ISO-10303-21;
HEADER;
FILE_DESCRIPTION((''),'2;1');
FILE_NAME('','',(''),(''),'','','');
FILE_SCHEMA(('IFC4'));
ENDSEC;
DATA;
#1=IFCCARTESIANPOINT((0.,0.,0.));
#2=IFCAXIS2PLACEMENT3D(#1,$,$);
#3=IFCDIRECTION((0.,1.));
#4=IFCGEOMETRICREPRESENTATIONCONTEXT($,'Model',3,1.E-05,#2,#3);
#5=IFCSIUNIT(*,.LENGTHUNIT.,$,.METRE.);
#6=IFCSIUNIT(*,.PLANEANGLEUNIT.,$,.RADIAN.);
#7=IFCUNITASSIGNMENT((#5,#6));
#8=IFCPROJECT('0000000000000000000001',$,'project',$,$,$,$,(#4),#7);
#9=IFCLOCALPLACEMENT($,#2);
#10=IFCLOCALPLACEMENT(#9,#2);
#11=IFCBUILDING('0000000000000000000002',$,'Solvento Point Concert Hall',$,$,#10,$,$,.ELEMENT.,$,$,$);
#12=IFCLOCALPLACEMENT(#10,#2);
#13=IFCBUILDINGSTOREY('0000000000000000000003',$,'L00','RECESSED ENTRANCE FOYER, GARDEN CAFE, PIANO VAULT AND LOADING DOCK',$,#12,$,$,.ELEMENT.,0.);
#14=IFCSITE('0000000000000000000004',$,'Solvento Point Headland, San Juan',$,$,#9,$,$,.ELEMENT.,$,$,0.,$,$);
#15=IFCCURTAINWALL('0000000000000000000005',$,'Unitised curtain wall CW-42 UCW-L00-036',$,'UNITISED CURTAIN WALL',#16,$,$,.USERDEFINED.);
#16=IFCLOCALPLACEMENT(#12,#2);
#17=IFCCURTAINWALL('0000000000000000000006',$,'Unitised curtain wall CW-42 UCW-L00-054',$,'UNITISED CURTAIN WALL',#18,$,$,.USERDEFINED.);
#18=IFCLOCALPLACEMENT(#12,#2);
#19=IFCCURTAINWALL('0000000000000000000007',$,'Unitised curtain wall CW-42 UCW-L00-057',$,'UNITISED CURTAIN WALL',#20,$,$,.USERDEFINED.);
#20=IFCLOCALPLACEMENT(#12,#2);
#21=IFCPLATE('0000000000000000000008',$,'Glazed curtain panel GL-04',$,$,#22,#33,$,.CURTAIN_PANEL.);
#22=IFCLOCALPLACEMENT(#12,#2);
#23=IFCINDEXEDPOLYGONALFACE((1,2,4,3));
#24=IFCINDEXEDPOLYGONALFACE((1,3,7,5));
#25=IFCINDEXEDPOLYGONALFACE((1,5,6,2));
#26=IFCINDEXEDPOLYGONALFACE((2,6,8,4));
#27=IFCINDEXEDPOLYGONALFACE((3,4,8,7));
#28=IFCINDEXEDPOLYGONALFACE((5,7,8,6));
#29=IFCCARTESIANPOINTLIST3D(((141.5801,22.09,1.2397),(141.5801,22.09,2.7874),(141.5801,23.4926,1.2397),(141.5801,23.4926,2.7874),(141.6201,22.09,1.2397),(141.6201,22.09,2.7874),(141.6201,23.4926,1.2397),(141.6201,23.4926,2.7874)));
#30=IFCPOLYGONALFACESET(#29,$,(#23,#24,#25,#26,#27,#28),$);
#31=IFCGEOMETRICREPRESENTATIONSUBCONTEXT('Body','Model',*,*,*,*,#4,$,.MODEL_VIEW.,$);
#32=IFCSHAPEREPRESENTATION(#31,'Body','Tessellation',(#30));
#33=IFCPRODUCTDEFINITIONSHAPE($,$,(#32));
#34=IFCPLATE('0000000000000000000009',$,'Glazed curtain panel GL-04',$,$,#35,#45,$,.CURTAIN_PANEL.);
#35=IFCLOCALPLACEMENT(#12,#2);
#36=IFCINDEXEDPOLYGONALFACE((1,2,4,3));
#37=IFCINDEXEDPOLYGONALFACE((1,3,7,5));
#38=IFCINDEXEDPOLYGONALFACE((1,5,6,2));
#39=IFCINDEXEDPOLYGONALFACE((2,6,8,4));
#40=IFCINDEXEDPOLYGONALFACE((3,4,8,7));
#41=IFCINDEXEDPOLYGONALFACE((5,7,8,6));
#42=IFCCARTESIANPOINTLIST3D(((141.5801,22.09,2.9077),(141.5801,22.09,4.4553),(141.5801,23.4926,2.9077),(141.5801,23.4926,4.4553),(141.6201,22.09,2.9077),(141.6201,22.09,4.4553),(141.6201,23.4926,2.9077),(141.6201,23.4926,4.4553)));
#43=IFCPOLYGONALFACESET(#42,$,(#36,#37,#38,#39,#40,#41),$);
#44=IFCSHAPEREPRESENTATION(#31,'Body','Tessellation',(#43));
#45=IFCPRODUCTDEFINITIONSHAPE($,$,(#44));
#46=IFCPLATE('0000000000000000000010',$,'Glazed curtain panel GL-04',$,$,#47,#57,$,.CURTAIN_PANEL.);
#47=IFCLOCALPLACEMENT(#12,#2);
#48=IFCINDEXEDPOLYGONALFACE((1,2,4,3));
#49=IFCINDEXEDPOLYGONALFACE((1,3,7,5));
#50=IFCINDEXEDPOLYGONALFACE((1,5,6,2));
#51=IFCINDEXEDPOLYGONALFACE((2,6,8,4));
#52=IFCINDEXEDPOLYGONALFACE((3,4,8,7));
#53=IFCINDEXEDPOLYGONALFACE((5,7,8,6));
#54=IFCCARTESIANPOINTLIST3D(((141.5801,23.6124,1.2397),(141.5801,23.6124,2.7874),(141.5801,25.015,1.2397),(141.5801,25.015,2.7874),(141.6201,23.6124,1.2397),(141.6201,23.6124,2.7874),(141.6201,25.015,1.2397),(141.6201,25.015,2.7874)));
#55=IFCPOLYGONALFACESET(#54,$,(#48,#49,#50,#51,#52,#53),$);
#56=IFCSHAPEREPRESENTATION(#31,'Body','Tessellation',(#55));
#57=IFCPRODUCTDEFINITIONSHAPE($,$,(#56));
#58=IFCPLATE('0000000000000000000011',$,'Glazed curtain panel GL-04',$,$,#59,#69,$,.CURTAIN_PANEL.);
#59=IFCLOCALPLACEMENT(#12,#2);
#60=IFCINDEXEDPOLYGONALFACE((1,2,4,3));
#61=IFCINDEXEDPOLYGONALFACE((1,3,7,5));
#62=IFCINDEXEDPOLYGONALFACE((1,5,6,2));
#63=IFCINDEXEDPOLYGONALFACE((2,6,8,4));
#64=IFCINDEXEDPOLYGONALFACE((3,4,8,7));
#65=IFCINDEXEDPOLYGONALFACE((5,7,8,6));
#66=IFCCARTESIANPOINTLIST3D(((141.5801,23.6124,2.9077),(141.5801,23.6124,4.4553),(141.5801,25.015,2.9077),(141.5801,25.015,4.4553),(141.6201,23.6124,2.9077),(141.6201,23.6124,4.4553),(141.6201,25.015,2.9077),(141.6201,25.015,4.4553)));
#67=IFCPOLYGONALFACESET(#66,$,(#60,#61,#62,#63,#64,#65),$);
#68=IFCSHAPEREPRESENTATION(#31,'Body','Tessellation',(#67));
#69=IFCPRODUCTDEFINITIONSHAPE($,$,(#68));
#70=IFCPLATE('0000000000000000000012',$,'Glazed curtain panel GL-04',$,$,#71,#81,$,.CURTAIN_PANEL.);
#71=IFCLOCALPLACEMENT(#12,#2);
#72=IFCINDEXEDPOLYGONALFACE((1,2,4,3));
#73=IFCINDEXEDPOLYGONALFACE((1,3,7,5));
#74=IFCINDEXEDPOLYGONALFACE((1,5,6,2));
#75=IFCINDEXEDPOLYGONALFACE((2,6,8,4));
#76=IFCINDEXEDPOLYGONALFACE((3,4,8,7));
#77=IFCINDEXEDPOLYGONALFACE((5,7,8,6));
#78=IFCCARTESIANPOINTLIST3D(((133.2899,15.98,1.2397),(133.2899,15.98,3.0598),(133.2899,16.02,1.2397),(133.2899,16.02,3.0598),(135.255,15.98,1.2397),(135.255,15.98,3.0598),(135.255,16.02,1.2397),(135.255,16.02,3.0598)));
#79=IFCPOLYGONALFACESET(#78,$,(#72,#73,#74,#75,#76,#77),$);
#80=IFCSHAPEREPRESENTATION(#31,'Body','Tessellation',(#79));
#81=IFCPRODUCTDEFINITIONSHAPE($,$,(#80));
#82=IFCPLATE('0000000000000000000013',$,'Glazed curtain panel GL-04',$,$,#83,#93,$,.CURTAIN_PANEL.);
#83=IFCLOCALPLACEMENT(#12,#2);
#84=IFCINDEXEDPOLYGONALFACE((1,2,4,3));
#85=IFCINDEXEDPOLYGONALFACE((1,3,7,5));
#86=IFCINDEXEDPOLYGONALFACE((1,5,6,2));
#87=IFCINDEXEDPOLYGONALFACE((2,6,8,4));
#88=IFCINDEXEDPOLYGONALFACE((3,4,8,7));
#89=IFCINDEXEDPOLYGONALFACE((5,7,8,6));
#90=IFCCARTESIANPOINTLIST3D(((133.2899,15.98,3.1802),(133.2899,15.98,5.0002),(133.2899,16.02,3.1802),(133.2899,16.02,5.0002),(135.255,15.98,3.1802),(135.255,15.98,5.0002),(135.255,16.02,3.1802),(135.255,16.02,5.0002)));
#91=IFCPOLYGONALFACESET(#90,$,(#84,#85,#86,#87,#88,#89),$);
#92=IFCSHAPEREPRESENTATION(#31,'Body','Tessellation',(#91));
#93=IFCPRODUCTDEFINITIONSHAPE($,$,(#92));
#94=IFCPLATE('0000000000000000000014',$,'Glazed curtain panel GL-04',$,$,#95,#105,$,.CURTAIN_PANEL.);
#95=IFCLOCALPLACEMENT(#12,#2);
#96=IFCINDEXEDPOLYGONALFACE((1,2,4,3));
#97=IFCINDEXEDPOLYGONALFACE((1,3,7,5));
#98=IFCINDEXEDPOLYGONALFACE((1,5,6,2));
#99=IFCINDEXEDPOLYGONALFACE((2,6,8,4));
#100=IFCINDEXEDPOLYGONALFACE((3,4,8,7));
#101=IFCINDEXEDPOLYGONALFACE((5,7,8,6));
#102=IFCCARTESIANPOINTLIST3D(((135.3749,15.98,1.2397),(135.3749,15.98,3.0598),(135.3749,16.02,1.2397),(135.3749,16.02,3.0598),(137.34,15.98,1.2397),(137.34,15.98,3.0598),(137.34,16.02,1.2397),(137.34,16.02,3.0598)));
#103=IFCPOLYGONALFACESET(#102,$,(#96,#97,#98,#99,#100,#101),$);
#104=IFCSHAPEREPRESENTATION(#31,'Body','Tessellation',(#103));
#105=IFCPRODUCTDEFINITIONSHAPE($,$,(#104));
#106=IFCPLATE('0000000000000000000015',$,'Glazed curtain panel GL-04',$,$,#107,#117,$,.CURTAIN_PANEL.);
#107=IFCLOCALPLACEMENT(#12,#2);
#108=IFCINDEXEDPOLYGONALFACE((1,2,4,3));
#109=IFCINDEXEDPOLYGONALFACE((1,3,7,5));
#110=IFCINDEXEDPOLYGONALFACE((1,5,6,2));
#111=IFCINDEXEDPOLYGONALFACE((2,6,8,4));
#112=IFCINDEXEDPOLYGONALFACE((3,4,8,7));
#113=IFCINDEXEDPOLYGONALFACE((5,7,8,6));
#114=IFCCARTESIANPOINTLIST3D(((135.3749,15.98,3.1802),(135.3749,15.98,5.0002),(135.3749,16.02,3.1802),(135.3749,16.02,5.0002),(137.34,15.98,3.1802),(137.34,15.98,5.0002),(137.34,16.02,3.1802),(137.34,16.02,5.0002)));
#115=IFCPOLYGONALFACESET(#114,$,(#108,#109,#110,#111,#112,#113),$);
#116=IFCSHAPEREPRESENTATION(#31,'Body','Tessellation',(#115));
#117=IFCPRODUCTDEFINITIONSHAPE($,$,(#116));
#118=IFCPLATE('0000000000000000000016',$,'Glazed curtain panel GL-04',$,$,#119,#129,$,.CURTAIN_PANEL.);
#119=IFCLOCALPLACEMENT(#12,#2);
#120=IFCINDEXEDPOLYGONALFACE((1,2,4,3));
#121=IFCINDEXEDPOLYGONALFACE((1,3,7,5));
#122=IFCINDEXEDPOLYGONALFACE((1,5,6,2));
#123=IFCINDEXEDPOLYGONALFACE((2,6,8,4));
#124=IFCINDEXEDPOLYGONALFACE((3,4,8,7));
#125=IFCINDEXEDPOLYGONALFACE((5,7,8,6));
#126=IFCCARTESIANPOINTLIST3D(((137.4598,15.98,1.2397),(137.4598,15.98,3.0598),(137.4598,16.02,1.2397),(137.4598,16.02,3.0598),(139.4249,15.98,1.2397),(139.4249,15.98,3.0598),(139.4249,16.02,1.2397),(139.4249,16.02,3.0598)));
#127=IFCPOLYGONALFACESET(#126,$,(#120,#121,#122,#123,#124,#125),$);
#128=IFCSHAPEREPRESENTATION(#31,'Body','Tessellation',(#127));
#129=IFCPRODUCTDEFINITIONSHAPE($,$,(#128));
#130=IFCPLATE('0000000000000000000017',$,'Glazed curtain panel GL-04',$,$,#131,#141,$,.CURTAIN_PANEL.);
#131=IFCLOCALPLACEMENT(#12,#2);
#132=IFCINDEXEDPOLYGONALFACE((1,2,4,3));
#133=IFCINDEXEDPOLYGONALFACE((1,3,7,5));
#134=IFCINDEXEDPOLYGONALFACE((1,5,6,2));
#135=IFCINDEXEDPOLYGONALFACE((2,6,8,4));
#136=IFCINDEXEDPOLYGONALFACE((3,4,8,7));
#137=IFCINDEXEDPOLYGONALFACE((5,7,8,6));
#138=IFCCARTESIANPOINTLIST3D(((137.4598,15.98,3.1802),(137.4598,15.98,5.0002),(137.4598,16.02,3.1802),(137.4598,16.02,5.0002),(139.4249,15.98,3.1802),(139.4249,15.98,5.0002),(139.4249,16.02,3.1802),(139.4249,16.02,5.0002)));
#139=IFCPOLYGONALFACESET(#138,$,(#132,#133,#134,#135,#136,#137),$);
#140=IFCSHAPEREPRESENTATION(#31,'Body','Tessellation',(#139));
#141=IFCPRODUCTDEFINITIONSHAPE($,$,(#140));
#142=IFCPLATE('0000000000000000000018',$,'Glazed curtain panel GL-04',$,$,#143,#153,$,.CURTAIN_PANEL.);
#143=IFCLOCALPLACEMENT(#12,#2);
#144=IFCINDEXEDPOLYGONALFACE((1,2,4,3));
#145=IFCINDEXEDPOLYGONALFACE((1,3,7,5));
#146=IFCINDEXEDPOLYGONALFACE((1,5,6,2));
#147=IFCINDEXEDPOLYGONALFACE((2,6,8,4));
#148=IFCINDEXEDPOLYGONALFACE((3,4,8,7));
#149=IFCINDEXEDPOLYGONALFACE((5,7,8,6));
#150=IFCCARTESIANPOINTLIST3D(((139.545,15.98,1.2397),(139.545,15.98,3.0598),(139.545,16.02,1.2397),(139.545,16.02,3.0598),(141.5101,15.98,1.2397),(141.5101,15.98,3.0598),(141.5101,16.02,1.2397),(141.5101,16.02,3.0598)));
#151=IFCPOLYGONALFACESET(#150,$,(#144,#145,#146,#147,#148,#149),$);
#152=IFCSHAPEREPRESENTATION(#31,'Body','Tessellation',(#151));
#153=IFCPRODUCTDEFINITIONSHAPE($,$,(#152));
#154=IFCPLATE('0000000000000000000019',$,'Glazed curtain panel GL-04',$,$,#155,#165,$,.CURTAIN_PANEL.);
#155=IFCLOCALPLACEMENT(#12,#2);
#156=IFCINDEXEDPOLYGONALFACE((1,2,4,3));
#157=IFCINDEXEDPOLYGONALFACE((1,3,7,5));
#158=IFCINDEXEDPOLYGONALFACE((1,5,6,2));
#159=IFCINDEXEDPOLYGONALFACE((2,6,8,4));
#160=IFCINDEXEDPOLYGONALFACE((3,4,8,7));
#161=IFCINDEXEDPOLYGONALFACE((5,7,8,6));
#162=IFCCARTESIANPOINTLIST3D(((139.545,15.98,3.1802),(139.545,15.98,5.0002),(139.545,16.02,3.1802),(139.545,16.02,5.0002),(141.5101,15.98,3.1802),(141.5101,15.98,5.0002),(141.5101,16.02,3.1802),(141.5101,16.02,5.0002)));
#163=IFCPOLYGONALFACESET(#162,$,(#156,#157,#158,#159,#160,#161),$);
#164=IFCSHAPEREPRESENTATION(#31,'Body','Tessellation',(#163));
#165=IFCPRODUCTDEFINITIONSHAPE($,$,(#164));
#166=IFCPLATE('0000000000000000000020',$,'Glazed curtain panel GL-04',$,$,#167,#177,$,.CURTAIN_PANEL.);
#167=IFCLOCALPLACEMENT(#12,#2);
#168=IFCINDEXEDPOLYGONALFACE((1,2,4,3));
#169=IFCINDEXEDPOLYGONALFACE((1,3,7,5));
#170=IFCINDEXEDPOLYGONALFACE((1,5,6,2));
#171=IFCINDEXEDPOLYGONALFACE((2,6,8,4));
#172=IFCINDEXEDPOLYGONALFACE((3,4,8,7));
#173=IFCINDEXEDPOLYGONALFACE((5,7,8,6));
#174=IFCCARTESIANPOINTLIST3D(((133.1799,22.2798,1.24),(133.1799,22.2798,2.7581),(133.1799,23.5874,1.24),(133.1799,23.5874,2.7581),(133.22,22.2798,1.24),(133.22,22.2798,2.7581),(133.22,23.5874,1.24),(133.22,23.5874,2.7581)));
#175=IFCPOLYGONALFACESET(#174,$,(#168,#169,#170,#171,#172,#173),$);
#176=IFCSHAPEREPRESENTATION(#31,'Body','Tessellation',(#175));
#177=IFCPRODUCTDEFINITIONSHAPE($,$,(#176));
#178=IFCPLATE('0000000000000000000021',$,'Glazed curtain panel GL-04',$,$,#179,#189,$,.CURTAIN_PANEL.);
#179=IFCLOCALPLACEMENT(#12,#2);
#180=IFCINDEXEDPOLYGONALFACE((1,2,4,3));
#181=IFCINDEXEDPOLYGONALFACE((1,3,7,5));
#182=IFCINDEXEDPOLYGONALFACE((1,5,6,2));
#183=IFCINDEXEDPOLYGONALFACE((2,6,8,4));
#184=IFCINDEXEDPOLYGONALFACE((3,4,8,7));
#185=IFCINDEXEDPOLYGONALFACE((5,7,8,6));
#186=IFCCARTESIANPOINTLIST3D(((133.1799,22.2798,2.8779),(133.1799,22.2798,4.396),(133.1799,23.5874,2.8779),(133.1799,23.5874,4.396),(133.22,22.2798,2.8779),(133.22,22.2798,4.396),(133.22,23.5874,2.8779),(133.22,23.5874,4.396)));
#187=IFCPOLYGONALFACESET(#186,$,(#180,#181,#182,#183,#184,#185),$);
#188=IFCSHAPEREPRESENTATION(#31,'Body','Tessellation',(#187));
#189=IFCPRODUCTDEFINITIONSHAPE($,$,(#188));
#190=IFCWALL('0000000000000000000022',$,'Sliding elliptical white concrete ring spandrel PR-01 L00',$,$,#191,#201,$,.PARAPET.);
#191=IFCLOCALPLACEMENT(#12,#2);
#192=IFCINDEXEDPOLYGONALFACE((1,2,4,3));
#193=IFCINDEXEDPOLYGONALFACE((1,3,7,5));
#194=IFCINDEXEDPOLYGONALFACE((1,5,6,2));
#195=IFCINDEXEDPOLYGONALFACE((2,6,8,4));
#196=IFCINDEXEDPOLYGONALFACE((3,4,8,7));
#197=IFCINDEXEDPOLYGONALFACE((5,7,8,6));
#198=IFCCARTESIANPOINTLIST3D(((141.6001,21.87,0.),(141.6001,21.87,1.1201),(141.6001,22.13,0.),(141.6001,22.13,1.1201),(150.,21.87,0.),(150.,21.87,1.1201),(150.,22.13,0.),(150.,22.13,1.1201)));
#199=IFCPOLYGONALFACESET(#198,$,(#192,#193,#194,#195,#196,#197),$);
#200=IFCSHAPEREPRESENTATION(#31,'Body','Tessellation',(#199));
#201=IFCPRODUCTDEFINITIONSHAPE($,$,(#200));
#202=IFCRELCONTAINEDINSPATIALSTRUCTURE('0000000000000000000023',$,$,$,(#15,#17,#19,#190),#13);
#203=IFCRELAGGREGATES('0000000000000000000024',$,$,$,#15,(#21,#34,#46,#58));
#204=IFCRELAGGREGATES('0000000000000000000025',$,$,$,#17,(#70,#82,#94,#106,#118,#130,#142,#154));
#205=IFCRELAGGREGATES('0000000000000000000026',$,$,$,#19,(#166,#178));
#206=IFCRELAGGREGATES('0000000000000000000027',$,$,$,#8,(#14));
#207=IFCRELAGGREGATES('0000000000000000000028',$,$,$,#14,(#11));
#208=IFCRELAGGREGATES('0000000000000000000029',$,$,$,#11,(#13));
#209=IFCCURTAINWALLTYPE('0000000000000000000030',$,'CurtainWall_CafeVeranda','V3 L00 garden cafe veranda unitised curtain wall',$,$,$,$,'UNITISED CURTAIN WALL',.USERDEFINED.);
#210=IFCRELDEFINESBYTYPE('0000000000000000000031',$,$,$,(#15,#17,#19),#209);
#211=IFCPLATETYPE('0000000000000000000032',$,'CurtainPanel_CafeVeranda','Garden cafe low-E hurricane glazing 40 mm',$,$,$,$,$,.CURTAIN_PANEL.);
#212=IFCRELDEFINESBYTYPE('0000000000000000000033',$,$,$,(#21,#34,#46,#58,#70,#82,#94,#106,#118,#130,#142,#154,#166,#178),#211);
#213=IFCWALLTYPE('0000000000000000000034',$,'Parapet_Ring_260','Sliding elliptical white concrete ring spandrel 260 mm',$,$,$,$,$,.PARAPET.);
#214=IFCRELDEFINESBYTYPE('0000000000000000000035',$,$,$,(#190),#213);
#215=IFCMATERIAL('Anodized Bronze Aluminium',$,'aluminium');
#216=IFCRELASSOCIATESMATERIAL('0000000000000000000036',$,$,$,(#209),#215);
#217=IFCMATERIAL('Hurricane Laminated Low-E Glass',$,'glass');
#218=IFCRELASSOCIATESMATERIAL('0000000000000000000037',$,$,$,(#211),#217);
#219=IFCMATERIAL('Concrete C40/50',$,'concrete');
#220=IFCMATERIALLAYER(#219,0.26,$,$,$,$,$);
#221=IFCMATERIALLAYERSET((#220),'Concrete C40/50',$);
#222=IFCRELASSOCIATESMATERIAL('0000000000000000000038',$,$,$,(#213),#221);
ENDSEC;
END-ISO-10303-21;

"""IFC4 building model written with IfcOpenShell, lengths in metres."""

from ifc_helpers import new_model, si_unit, direction, frame, frame_2d, origin, origin_2d, place, context, subcontext, project, spatial, rectangle, extrude, material, layer, layer_set, type_object, element, aggregate, save


model = new_model("IFC4")

# Units and contexts
model_context = context("Model", 3, precision=1e-05, world=origin(), true_north=direction((0.0, 1.0)))
body_context = subcontext(model_context, "Body", "Model", "MODEL_VIEW")
ifc_project = project(units=[si_unit("LENGTHUNIT", "METRE"), si_unit("PLANEANGLEUNIT", "RADIAN")], contexts=[model_context])

# Site, building, storey
site_placement = place(None, origin())
site = spatial("IfcSite", under=ifc_project, at=site_placement, Name="Solvento Point Headland, San Juan", CompositionType="ELEMENT", RefElevation=0.0)
building_placement = place(site_placement, origin())
building = spatial("IfcBuilding", under=site, at=building_placement, Name="Solvento Point Concert Hall", CompositionType="ELEMENT")
storey_placement = place(building_placement, origin())
storey = spatial("IfcBuildingStorey", under=building, at=storey_placement, Name="L00", Description="RECESSED ENTRANCE FOYER, GARDEN CAFE, PIANO VAULT AND LOADING DOCK", CompositionType="ELEMENT", Elevation=0.0)

# Curtain walls
ifc_material_1 = material(Name="Anodized Bronze Aluminium", Category="aluminium")
curtain_wall_type = type_object("IfcCurtainWallType", Name="CurtainWall_CafeVeranda", Description="V3 L00 garden cafe veranda unitised curtain wall", ElementType="UNITISED CURTAIN WALL", PredefinedType="USERDEFINED", material=ifc_material_1)
curtain_wall_1_placement = place(storey_placement, origin())
curtain_wall_1 = element("IfcCurtainWall", 1, at=curtain_wall_1_placement, inside=storey, type_object=curtain_wall_type, Name="Unitised curtain wall CW-42 UCW-L00-036", ObjectType="UNITISED CURTAIN WALL", PredefinedType="USERDEFINED")
curtain_wall_2_placement = place(storey_placement, origin())
curtain_wall_2 = element("IfcCurtainWall", 2, at=curtain_wall_2_placement, inside=storey, type_object=curtain_wall_type, Name="Unitised curtain wall CW-42 UCW-L00-054", ObjectType="UNITISED CURTAIN WALL", PredefinedType="USERDEFINED")

# Curtain wall
curtain_wall_3_placement = place(storey_placement, origin())
curtain_wall_3 = element("IfcCurtainWall", 3, at=curtain_wall_3_placement, inside=storey, type_object=curtain_wall_type, Name="Unitised curtain wall CW-42 UCW-L00-057", ObjectType="UNITISED CURTAIN WALL", PredefinedType="USERDEFINED")

# Plates
ifc_material_2 = material(Name="Hurricane Laminated Low-E Glass", Category="glass")
plate_type = type_object("IfcPlateType", Name="CurtainPanel_CafeVeranda", Description="Garden cafe low-E hurricane glazing 40 mm", PredefinedType="CURTAIN_PANEL", material=ifc_material_2)
plate_1_placement = place(storey_placement, frame((141.6001, 22.7913, 1.2397), z_axis=(0.0, 0.0, 1.0), x_axis=(0.0, 1.0, 0.0)))
plate_1 = element("IfcPlate", 4, at=plate_1_placement, type_object=plate_type, Name="Glazed curtain panel GL-04", PredefinedType="CURTAIN_PANEL", context=body_context, shape_type="SweptSolid", body=[
    extrude(rectangle(XDim=1.4026, YDim=0.04, at=origin_2d()), origin(), (0.0, 0.0, 1.0), 1.5476),
])
plate_2_placement = place(storey_placement, frame((141.6001, 22.7913, 2.9077), z_axis=(0.0, 0.0, 1.0), x_axis=(0.0, 1.0, 0.0)))
plate_2 = element("IfcPlate", 5, at=plate_2_placement, type_object=plate_type, Name="Glazed curtain panel GL-04", PredefinedType="CURTAIN_PANEL", context=body_context, shape_type="SweptSolid", body=[
    extrude(rectangle(XDim=1.4026, YDim=0.04, at=origin_2d()), origin(), (0.0, 0.0, 1.0), 1.5476),
])
plate_3_placement = place(storey_placement, frame((141.6001, 24.3137, 1.2397), z_axis=(0.0, 0.0, 1.0), x_axis=(0.0, 1.0, 0.0)))
plate_3 = element("IfcPlate", 6, at=plate_3_placement, type_object=plate_type, Name="Glazed curtain panel GL-04", PredefinedType="CURTAIN_PANEL", context=body_context, shape_type="SweptSolid", body=[
    extrude(rectangle(XDim=1.4026, YDim=0.04, at=origin_2d()), origin(), (0.0, 0.0, 1.0), 1.5476),
])
plate_4_placement = place(storey_placement, frame((141.6001, 24.3137, 2.9077), z_axis=(0.0, 0.0, 1.0), x_axis=(0.0, 1.0, 0.0)))
plate_4 = element("IfcPlate", 7, at=plate_4_placement, type_object=plate_type, Name="Glazed curtain panel GL-04", PredefinedType="CURTAIN_PANEL", context=body_context, shape_type="SweptSolid", body=[
    extrude(rectangle(XDim=1.4026, YDim=0.04, at=origin_2d()), origin(), (0.0, 0.0, 1.0), 1.5476),
])
aggregate(curtain_wall_1, [plate_1, plate_2, plate_3, plate_4])
plate_5_placement = place(storey_placement, frame((134.2725, 16.0, 1.2397), z_axis=(0.0, 0.0, 1.0), x_axis=(1.0, 0.0, 0.0)))
plate_5 = element("IfcPlate", 8, at=plate_5_placement, type_object=plate_type, Name="Glazed curtain panel GL-04", PredefinedType="CURTAIN_PANEL", context=body_context, shape_type="SweptSolid", body=[
    extrude(rectangle(XDim=1.9651, YDim=0.04, at=origin_2d()), origin(), (0.0, 0.0, 1.0), 1.8201),
])
plate_6_placement = place(storey_placement, frame((134.2725, 16.0, 3.1802), z_axis=(0.0, 0.0, 1.0), x_axis=(1.0, 0.0, 0.0)))
plate_6 = element("IfcPlate", 9, at=plate_6_placement, type_object=plate_type, Name="Glazed curtain panel GL-04", PredefinedType="CURTAIN_PANEL", context=body_context, shape_type="SweptSolid", body=[
    extrude(rectangle(XDim=1.9651, YDim=0.04, at=origin_2d()), origin(), (0.0, 0.0, 1.0), 1.8201),
])
plate_7_placement = place(storey_placement, frame((136.3574, 16.0, 1.2397), z_axis=(0.0, 0.0, 1.0), x_axis=(1.0, 0.0, 0.0)))
plate_7 = element("IfcPlate", 10, at=plate_7_placement, type_object=plate_type, Name="Glazed curtain panel GL-04", PredefinedType="CURTAIN_PANEL", context=body_context, shape_type="SweptSolid", body=[
    extrude(rectangle(XDim=1.9651, YDim=0.04, at=origin_2d()), origin(), (0.0, 0.0, 1.0), 1.8201),
])
plate_8_placement = place(storey_placement, frame((136.3574, 16.0, 3.1802), z_axis=(0.0, 0.0, 1.0), x_axis=(1.0, 0.0, 0.0)))
plate_8 = element("IfcPlate", 11, at=plate_8_placement, type_object=plate_type, Name="Glazed curtain panel GL-04", PredefinedType="CURTAIN_PANEL", context=body_context, shape_type="SweptSolid", body=[
    extrude(rectangle(XDim=1.9651, YDim=0.04, at=origin_2d()), origin(), (0.0, 0.0, 1.0), 1.8201),
])
plate_9_placement = place(storey_placement, frame((138.4424, 16.0, 1.2397), z_axis=(0.0, 0.0, 1.0), x_axis=(1.0, 0.0, 0.0)))
plate_9 = element("IfcPlate", 12, at=plate_9_placement, type_object=plate_type, Name="Glazed curtain panel GL-04", PredefinedType="CURTAIN_PANEL", context=body_context, shape_type="SweptSolid", body=[
    extrude(rectangle(XDim=1.9651, YDim=0.04, at=origin_2d()), origin(), (0.0, 0.0, 1.0), 1.8201),
])
plate_10_placement = place(storey_placement, frame((138.4424, 16.0, 3.1802), z_axis=(0.0, 0.0, 1.0), x_axis=(1.0, 0.0, 0.0)))
plate_10 = element("IfcPlate", 13, at=plate_10_placement, type_object=plate_type, Name="Glazed curtain panel GL-04", PredefinedType="CURTAIN_PANEL", context=body_context, shape_type="SweptSolid", body=[
    extrude(rectangle(XDim=1.9651, YDim=0.04, at=origin_2d()), origin(), (0.0, 0.0, 1.0), 1.8201),
])
plate_11_placement = place(storey_placement, frame((140.5276, 16.0, 1.2397), z_axis=(0.0, 0.0, 1.0), x_axis=(1.0, 0.0, 0.0)))
plate_11 = element("IfcPlate", 14, at=plate_11_placement, type_object=plate_type, Name="Glazed curtain panel GL-04", PredefinedType="CURTAIN_PANEL", context=body_context, shape_type="SweptSolid", body=[
    extrude(rectangle(XDim=1.9651, YDim=0.04, at=origin_2d()), origin(), (0.0, 0.0, 1.0), 1.8201),
])
plate_12_placement = place(storey_placement, frame((140.5276, 16.0, 3.1802), z_axis=(0.0, 0.0, 1.0), x_axis=(1.0, 0.0, 0.0)))
plate_12 = element("IfcPlate", 15, at=plate_12_placement, type_object=plate_type, Name="Glazed curtain panel GL-04", PredefinedType="CURTAIN_PANEL", context=body_context, shape_type="SweptSolid", body=[
    extrude(rectangle(XDim=1.9651, YDim=0.04, at=origin_2d()), origin(), (0.0, 0.0, 1.0), 1.8201),
])
aggregate(curtain_wall_2, [plate_5, plate_6, plate_7, plate_8, plate_9, plate_10, plate_11, plate_12])
plate_13_placement = place(storey_placement, frame((133.2, 22.9336, 1.24), z_axis=(0.0, 0.0, 1.0), x_axis=(0.0, 1.0, 0.0)))
plate_13 = element("IfcPlate", 16, at=plate_13_placement, type_object=plate_type, Name="Glazed curtain panel GL-04", PredefinedType="CURTAIN_PANEL", context=body_context, shape_type="SweptSolid", body=[
    extrude(rectangle(XDim=1.3076, YDim=0.04, at=origin_2d()), origin(), (0.0, 0.0, 1.0), 1.5181),
])
plate_14_placement = place(storey_placement, frame((133.2, 22.9336, 2.8779), z_axis=(0.0, 0.0, 1.0), x_axis=(0.0, 1.0, 0.0)))
plate_14 = element("IfcPlate", 17, at=plate_14_placement, type_object=plate_type, Name="Glazed curtain panel GL-04", PredefinedType="CURTAIN_PANEL", context=body_context, shape_type="SweptSolid", body=[
    extrude(rectangle(XDim=1.3076, YDim=0.04, at=origin_2d()), origin(), (0.0, 0.0, 1.0), 1.5181),
])
aggregate(curtain_wall_3, [plate_13, plate_14])

# Wall
ifc_material_3 = material(Name="Concrete C40/50", Category="concrete")
ifc_layer = layer(ifc_material_3, 0.26)
ifc_layer_set = layer_set([ifc_layer], Name="Concrete C40/50")
wall_type = type_object("IfcWallType", Name="Parapet_Ring_260", Description="Sliding elliptical white concrete ring spandrel 260 mm", PredefinedType="PARAPET", material=ifc_layer_set)
wall_1_placement = place(storey_placement, frame((141.6001, 22.0, 0.0), z_axis=(0.0, 0.0, 1.0), x_axis=(1.0, 0.0, 0.0)))
element("IfcWall", 18, at=wall_1_placement, inside=storey, type_object=wall_type, Name="Sliding elliptical white concrete ring spandrel PR-01 L00", PredefinedType="PARAPET", context=body_context, shape_type="SweptSolid", body=[
    extrude(rectangle(XDim=8.3999, YDim=0.26, at=frame_2d((4.2, 0.0))), origin(), (0.0, 0.0, 1.0), 1.1201),
])

save(model, "model.ifc")
